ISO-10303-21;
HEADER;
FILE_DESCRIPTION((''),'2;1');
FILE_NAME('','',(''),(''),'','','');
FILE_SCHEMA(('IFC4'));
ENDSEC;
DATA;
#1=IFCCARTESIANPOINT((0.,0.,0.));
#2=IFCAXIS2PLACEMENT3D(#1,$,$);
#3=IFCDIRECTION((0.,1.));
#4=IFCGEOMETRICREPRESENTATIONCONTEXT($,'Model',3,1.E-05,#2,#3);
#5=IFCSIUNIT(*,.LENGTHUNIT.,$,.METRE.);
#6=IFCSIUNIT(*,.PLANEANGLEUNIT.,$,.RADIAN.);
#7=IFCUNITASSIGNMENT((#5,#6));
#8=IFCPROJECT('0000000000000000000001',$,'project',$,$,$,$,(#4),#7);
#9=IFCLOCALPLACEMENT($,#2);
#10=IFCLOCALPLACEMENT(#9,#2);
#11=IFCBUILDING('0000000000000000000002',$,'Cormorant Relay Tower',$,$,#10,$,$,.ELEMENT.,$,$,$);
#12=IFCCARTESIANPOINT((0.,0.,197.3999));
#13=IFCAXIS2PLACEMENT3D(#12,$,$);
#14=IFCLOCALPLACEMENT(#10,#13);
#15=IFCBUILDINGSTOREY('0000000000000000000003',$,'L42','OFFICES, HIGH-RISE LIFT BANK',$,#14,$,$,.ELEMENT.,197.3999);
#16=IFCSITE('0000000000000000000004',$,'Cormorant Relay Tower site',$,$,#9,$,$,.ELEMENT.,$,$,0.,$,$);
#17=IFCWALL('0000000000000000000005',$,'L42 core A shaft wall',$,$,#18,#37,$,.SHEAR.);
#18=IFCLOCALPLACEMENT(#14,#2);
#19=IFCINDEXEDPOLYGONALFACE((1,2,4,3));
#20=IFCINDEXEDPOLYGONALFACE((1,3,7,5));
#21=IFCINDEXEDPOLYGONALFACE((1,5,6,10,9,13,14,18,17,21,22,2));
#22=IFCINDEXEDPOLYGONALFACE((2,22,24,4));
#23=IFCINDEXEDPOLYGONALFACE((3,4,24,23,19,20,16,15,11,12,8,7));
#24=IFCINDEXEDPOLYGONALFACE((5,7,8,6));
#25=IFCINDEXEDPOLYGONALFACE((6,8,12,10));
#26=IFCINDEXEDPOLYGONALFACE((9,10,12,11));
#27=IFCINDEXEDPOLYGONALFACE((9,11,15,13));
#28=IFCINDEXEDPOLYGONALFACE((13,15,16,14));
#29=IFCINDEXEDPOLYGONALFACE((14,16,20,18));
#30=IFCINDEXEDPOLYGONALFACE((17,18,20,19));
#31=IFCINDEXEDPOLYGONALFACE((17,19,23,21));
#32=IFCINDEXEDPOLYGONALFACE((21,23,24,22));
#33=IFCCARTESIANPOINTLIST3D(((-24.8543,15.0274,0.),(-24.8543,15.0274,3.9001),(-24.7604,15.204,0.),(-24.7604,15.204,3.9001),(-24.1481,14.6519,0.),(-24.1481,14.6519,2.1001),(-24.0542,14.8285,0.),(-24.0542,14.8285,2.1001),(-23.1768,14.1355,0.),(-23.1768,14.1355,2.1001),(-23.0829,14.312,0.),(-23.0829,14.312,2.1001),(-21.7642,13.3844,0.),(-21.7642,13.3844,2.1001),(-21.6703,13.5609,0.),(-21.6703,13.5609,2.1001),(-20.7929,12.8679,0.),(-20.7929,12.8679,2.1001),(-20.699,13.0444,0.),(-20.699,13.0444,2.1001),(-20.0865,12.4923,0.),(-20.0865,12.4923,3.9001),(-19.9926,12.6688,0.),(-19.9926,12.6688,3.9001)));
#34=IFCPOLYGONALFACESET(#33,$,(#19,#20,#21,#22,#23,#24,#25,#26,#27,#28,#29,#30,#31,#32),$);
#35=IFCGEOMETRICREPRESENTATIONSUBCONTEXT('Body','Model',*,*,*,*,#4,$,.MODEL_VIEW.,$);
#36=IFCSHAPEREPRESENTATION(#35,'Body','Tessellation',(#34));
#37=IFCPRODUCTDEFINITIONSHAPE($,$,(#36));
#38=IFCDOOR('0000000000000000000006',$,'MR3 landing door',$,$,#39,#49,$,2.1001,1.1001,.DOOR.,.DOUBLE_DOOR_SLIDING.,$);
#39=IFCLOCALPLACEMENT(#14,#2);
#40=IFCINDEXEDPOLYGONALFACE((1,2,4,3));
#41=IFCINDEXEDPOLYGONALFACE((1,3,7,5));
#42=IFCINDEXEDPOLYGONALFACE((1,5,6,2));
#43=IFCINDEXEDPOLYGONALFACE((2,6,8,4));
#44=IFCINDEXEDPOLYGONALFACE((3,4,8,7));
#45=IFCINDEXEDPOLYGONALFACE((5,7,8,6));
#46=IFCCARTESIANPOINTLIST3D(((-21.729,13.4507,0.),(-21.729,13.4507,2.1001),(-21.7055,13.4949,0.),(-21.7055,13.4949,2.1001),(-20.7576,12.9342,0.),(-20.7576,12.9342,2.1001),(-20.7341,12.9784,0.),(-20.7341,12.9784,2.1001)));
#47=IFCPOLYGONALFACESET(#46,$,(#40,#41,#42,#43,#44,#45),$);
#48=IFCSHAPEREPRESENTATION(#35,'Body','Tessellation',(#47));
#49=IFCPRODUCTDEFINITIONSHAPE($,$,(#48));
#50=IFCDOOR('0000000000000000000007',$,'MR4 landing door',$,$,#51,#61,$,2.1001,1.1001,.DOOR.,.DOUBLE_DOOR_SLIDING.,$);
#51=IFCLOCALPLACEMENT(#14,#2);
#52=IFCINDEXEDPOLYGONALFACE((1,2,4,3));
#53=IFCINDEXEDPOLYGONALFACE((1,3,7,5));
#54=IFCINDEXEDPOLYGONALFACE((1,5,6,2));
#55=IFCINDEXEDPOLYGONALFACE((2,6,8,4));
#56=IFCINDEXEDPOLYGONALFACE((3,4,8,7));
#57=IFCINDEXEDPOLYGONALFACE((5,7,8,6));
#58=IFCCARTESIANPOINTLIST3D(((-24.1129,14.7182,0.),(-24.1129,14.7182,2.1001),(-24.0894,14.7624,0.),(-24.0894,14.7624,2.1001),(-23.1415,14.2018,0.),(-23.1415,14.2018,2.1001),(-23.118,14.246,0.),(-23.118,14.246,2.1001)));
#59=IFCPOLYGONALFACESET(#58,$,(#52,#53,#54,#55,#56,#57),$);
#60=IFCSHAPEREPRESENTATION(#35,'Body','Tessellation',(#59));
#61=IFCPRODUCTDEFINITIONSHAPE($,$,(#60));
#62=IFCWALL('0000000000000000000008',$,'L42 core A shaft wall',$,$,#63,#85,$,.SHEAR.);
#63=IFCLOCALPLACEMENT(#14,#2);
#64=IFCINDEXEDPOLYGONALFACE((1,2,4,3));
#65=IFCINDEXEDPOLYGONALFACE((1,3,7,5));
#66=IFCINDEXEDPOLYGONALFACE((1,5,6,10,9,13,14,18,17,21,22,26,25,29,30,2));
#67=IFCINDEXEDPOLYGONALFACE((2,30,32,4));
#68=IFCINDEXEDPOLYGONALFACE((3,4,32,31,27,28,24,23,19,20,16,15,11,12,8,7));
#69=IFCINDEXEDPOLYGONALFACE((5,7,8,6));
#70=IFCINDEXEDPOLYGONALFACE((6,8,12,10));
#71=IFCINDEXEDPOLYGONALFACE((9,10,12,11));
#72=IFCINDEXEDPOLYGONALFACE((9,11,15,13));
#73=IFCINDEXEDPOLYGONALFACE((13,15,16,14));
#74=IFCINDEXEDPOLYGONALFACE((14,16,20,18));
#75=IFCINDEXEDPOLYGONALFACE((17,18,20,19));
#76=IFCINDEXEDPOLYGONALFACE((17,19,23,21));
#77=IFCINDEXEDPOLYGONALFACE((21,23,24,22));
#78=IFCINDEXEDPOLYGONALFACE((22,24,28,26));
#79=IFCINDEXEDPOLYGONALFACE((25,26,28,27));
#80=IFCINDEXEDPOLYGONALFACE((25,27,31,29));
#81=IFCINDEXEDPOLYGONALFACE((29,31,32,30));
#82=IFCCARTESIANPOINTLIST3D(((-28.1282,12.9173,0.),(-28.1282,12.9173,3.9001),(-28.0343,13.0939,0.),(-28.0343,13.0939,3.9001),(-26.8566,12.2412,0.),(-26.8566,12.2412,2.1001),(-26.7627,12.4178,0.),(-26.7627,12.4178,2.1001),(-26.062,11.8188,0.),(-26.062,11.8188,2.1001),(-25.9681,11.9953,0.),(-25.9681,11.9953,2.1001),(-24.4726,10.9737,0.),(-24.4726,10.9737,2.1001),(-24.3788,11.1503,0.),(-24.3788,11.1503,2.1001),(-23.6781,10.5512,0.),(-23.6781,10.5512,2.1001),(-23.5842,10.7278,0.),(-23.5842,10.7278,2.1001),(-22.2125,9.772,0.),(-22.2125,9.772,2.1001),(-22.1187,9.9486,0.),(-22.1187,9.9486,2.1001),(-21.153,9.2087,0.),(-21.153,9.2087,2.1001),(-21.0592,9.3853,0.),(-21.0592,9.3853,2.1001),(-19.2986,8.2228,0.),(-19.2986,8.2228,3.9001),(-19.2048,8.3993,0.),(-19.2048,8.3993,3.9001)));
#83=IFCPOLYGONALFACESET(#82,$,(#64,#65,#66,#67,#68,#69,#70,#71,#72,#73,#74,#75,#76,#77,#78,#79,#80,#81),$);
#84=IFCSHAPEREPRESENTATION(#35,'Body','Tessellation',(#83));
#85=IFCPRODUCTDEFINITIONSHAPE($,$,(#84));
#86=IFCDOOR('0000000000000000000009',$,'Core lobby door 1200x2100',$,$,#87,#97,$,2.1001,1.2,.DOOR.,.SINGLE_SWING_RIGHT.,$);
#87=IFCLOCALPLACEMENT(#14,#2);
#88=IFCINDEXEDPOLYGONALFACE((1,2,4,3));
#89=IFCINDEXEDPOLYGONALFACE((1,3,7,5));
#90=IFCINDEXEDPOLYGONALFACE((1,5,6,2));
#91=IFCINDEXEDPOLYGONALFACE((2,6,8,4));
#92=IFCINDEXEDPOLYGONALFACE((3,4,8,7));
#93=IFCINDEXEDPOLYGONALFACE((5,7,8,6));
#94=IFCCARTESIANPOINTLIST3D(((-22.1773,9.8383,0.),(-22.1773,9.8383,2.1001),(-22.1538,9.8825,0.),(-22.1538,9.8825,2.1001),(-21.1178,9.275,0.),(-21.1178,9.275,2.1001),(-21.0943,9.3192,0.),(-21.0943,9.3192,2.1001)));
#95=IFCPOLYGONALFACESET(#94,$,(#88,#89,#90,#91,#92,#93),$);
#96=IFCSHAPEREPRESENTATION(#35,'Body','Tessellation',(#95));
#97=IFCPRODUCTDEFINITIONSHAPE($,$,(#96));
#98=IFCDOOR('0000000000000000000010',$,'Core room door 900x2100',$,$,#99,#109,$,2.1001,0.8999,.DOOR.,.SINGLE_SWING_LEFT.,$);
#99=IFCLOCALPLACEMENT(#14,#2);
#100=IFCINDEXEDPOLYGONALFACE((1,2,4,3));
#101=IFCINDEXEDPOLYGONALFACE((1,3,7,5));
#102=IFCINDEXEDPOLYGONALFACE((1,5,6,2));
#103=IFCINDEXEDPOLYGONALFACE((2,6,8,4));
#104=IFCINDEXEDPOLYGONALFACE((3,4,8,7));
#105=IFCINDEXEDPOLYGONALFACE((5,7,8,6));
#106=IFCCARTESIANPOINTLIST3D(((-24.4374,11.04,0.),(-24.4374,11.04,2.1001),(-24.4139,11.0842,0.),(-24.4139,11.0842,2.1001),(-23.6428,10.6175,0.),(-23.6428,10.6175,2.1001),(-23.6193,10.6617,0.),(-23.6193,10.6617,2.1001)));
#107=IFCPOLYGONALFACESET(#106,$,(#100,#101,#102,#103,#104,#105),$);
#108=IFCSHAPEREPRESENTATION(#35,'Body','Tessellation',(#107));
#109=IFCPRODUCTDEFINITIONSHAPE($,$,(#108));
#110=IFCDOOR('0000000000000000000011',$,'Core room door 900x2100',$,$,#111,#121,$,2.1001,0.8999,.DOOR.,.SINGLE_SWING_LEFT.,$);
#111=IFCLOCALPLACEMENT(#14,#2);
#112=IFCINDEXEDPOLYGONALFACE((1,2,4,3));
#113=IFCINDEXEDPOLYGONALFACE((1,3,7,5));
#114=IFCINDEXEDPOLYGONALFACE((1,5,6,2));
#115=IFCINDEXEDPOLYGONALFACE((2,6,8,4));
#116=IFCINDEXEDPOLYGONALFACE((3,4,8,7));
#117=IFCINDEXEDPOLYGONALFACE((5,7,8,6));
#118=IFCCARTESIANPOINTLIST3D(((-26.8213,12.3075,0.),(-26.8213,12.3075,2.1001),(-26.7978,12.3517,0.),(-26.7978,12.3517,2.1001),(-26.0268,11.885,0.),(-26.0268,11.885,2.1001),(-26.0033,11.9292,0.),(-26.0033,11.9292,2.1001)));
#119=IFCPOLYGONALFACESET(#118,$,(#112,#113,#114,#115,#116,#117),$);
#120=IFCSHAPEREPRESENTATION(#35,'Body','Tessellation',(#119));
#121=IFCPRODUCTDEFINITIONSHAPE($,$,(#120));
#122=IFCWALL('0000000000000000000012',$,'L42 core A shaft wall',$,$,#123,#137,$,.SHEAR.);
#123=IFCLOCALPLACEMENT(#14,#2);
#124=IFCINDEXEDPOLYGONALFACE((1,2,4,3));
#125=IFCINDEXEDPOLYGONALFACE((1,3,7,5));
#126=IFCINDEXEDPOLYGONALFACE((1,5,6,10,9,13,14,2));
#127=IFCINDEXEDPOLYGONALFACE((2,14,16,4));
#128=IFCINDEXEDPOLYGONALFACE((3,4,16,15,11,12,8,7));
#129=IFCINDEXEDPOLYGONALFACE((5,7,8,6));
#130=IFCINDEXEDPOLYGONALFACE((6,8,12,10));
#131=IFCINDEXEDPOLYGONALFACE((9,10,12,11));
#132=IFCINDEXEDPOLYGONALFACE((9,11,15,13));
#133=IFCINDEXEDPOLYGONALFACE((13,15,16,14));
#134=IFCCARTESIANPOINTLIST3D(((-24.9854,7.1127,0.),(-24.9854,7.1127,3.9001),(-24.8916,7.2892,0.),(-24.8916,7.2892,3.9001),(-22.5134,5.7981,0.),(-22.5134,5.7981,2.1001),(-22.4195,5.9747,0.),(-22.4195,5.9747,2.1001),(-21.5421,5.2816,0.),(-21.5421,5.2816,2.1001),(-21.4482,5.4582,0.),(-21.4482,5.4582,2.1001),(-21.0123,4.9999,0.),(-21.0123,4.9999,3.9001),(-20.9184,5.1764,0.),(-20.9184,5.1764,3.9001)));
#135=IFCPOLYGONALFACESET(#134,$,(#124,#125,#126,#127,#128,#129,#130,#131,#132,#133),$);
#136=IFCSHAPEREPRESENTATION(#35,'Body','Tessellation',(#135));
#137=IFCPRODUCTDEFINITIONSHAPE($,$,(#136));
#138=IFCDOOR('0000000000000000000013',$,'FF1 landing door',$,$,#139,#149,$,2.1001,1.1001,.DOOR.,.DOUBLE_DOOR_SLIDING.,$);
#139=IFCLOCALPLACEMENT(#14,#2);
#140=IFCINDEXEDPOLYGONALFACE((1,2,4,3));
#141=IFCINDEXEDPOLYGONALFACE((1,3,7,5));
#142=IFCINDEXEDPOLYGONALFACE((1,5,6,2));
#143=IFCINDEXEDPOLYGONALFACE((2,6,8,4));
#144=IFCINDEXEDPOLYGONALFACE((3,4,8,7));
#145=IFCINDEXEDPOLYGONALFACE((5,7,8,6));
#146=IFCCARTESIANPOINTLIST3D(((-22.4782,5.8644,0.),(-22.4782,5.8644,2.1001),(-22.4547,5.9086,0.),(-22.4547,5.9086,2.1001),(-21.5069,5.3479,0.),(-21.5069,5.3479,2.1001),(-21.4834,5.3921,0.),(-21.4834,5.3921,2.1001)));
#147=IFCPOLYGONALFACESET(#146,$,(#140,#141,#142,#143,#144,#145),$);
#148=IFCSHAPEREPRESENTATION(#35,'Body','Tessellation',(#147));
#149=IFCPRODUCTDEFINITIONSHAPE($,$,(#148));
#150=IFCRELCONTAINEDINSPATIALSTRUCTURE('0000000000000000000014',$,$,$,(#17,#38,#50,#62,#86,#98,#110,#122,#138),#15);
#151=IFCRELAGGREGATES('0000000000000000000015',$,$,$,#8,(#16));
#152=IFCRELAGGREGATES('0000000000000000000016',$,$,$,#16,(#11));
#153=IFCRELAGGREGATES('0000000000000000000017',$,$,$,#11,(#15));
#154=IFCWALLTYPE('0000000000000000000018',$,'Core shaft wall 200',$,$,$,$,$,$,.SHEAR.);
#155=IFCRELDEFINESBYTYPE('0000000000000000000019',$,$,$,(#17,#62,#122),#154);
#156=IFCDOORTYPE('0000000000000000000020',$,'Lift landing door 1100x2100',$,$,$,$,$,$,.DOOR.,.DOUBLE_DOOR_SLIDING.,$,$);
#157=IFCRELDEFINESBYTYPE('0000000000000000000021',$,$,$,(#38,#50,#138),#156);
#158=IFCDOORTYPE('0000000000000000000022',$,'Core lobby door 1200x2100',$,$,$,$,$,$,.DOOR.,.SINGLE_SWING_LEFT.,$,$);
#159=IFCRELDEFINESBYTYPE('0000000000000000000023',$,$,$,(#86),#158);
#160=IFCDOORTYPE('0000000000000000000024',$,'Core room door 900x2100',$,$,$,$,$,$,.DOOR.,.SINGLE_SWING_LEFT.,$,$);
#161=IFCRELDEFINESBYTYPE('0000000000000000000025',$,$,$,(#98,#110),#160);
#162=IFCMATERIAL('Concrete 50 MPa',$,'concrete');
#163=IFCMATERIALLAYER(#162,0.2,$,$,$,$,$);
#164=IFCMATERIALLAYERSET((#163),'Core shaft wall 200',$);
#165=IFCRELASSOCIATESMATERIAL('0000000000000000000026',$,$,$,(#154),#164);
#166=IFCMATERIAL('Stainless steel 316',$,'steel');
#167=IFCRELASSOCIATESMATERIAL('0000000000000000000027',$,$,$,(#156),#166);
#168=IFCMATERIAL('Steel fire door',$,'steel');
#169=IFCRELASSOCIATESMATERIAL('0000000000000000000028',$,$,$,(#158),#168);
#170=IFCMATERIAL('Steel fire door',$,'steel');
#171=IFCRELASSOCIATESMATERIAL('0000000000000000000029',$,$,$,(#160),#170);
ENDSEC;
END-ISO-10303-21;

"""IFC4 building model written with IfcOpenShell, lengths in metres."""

from ifc_helpers import new_model, si_unit, direction, frame, frame_2d, origin, place, context, subcontext, project, spatial, rectangle, extrude, material, layer, layer_set, type_object, element, fill, save


model = new_model("IFC4")

# Units and contexts
model_context = context("Model", 3, precision=1e-05, world=origin(), true_north=direction((0.0, 1.0)))
body_context = subcontext(model_context, "Body", "Model", "MODEL_VIEW")
ifc_project = project(units=[si_unit("LENGTHUNIT", "METRE"), si_unit("PLANEANGLEUNIT", "RADIAN")], contexts=[model_context])

# Site, building, storey
site_placement = place(None, origin())
site = spatial("IfcSite", under=ifc_project, at=site_placement, Name="Cormorant Relay Tower site", CompositionType="ELEMENT", RefElevation=0.0)
building_placement = place(site_placement, origin())
building = spatial("IfcBuilding", under=site, at=building_placement, Name="Cormorant Relay Tower", CompositionType="ELEMENT")
storey_placement = place(building_placement, frame((0.0, 0.0, 197.3999)))
storey = spatial("IfcBuildingStorey", under=building, at=storey_placement, Name="L42", Description="OFFICES, HIGH-RISE LIFT BANK", CompositionType="ELEMENT", Elevation=197.3999)

# Shared definitions
ifc_material_1 = material(Name="Concrete 50 MPa", Category="concrete")
ifc_layer_1 = layer(ifc_material_1, 0.2)
ifc_layer_set_1 = layer_set([ifc_layer_1], Name="Core shaft wall 200")
wall_type_1 = type_object("IfcWallType", Name="Core shaft wall 200", PredefinedType="SHEAR", material=ifc_layer_set_1)

# Walls, openings, doors
wall_1_placement = place(storey_placement, frame((-20.0396, 12.5806, 0.0), z_axis=(0.0, 0.0, 1.0), x_axis=(-0.882943, 0.46948, 0.0)))
wall_1 = element("IfcWall", 1, at=wall_1_placement, inside=storey, type_object=wall_type_1, Name="L42 core A shaft wall", PredefinedType="SHEAR", context=body_context, shape_type="SweptSolid", body=[
    extrude(rectangle(XDim=5.3999, YDim=0.2, at=frame_2d((2.7, 0.0))), origin(), (0.0, 0.0, 1.0), 3.9001),
])
opening_1_placement = place(wall_1_placement, frame((0.8, 0.0, 0.0)))
opening_1 = element("IfcOpeningElement", 2, at=opening_1_placement, cuts=wall_1, PredefinedType="OPENING", context=body_context, shape_type="SweptSolid", body=[
    extrude(rectangle(XDim=1.1001, YDim=2.1001, at=frame_2d((0.55, 1.05))), frame((0.0, 0.1099, 0.0), z_axis=(0.0, -1.0, 0.0), x_axis=(1.0, 0.0, 0.0)), (0.0, 0.0, 1.0), 0.22),
])
opening_2_placement = place(wall_1_placement, frame((3.5, 0.0, 0.0)))
opening_2 = element("IfcOpeningElement", 3, at=opening_2_placement, cuts=wall_1, PredefinedType="OPENING", context=body_context, shape_type="SweptSolid", body=[
    extrude(rectangle(XDim=1.1001, YDim=2.1001, at=frame_2d((0.55, 1.05))), frame((0.0, 0.1099, 0.0), z_axis=(0.0, -1.0, 0.0), x_axis=(1.0, 0.0, 0.0)), (0.0, 0.0, 1.0), 0.22),
])
ifc_material_2 = material(Name="Stainless steel 316", Category="steel")
door_type_1 = type_object("IfcDoorType", Name="Lift landing door 1100x2100", OperationType="DOUBLE_DOOR_SLIDING", PredefinedType="DOOR", material=ifc_material_2)
door_1_placement = place(opening_1_placement, origin())
door_1 = element("IfcDoor", 4, at=door_1_placement, inside=storey, type_object=door_type_1, Name="MR3 landing door", OperationType="DOUBLE_DOOR_SLIDING", OverallHeight=2.1001, OverallWidth=1.1001, PredefinedType="DOOR", context=body_context, shape_type="SweptSolid", body=[
    extrude(rectangle(XDim=1.1001, YDim=2.1001, at=frame_2d((0.55, 1.05))), frame((0.0, 0.0249, 0.0), z_axis=(0.0, -1.0, 0.0), x_axis=(1.0, 0.0, 0.0)), (0.0, 0.0, 1.0), 0.05),
])
fill(opening_1, door_1)
door_2_placement = place(opening_2_placement, origin())
door_2 = element("IfcDoor", 5, at=door_2_placement, inside=storey, type_object=door_type_1, Name="MR4 landing door", OperationType="DOUBLE_DOOR_SLIDING", OverallHeight=2.1001, OverallWidth=1.1001, PredefinedType="DOOR", context=body_context, shape_type="SweptSolid", body=[
    extrude(rectangle(XDim=1.1001, YDim=2.1001, at=frame_2d((0.55, 1.05))), frame((0.0, 0.0249, 0.0), z_axis=(0.0, -1.0, 0.0), x_axis=(1.0, 0.0, 0.0)), (0.0, 0.0, 1.0), 0.05),
])
fill(opening_2, door_2)
wall_2_placement = place(storey_placement, frame((-19.2517, 8.311, 0.0), z_axis=(0.0, 0.0, 1.0), x_axis=(-0.882956, 0.469456, 0.0)))
wall_2 = element("IfcWall", 6, at=wall_2_placement, inside=storey, type_object=wall_type_1, Name="L42 core A shaft wall", PredefinedType="SHEAR", context=body_context, shape_type="SweptSolid", body=[
    extrude(rectangle(XDim=10.0, YDim=0.2, at=frame_2d((5.0, 0.0))), origin(), (0.0, 0.0, 1.0), 3.9001),
])
opening_3_placement = place(wall_2_placement, frame((2.1001, 0.0, 0.0)))
opening_3 = element("IfcOpeningElement", 7, at=opening_3_placement, cuts=wall_2, PredefinedType="OPENING", context=body_context, shape_type="SweptSolid", body=[
    extrude(rectangle(XDim=1.2, YDim=2.1001, at=frame_2d((0.6001, 1.05))), frame((0.0, 0.1099, 0.0), z_axis=(0.0, -1.0, 0.0), x_axis=(1.0, 0.0, 0.0)), (0.0, 0.0, 1.0), 0.22),
])
opening_4_placement = place(wall_2_placement, frame((4.96, 0.0, 0.0)))
opening_4 = element("IfcOpeningElement", 8, at=opening_4_placement, cuts=wall_2, PredefinedType="OPENING", context=body_context, shape_type="SweptSolid", body=[
    extrude(rectangle(XDim=0.8999, YDim=2.1001, at=frame_2d((0.45, 1.05))), frame((0.0, 0.1099, 0.0), z_axis=(0.0, -1.0, 0.0), x_axis=(1.0, 0.0, 0.0)), (0.0, 0.0, 1.0), 0.22),
])
opening_5_placement = place(wall_2_placement, frame((7.6599, 0.0, 0.0)))
opening_5 = element("IfcOpeningElement", 9, at=opening_5_placement, cuts=wall_2, PredefinedType="OPENING", context=body_context, shape_type="SweptSolid", body=[
    extrude(rectangle(XDim=0.8999, YDim=2.1001, at=frame_2d((0.45, 1.05))), frame((0.0, 0.1099, 0.0), z_axis=(0.0, -1.0, 0.0), x_axis=(1.0, 0.0, 0.0)), (0.0, 0.0, 1.0), 0.22),
])
ifc_material_3 = material(Name="Steel fire door", Category="steel")
door_type_2 = type_object("IfcDoorType", Name="Core lobby door 1200x2100", OperationType="SINGLE_SWING_LEFT", PredefinedType="DOOR", material=ifc_material_3)
door_3_placement = place(opening_3_placement, origin())
door_3 = element("IfcDoor", 10, at=door_3_placement, inside=storey, type_object=door_type_2, Name="Core lobby door 1200x2100", OperationType="SINGLE_SWING_RIGHT", OverallHeight=2.1001, OverallWidth=1.2, PredefinedType="DOOR", context=body_context, shape_type="SweptSolid", body=[
    extrude(rectangle(XDim=1.2, YDim=2.1001, at=frame_2d((0.6001, 1.05))), frame((0.0, 0.0249, 0.0), z_axis=(0.0, -1.0, 0.0), x_axis=(1.0, 0.0, 0.0)), (0.0, 0.0, 1.0), 0.05),
])
fill(opening_3, door_3)
ifc_material_4 = material(Name="Steel fire door", Category="steel")
door_type_3 = type_object("IfcDoorType", Name="Core room door 900x2100", OperationType="SINGLE_SWING_LEFT", PredefinedType="DOOR", material=ifc_material_4)
door_4_placement = place(opening_4_placement, origin())
door_4 = element("IfcDoor", 11, at=door_4_placement, inside=storey, type_object=door_type_3, Name="Core room door 900x2100", OperationType="SINGLE_SWING_LEFT", OverallHeight=2.1001, OverallWidth=0.8999, PredefinedType="DOOR", context=body_context, shape_type="SweptSolid", body=[
    extrude(rectangle(XDim=0.8999, YDim=2.1001, at=frame_2d((0.45, 1.05))), frame((0.0, 0.0249, 0.0), z_axis=(0.0, -1.0, 0.0), x_axis=(1.0, 0.0, 0.0)), (0.0, 0.0, 1.0), 0.05),
])
fill(opening_4, door_4)
door_5_placement = place(opening_5_placement, origin())
door_5 = element("IfcDoor", 12, at=door_5_placement, inside=storey, type_object=door_type_3, Name="Core room door 900x2100", OperationType="SINGLE_SWING_LEFT", OverallHeight=2.1001, OverallWidth=0.8999, PredefinedType="DOOR", context=body_context, shape_type="SweptSolid", body=[
    extrude(rectangle(XDim=0.8999, YDim=2.1001, at=frame_2d((0.45, 1.05))), frame((0.0, 0.0249, 0.0), z_axis=(0.0, -1.0, 0.0), x_axis=(1.0, 0.0, 0.0)), (0.0, 0.0, 1.0), 0.05),
])
fill(opening_5, door_5)

# Wall, opening, door
wall_3_placement = place(storey_placement, frame((-20.9653, 5.0881, 0.0), z_axis=(0.0, 0.0, 1.0), x_axis=(-0.882926, 0.469512, 0.0)))
wall_3 = element("IfcWall", 13, at=wall_3_placement, inside=storey, type_object=wall_type_1, Name="L42 core A shaft wall", PredefinedType="SHEAR", context=body_context, shape_type="SweptSolid", body=[
    extrude(rectangle(XDim=4.5, YDim=0.2, at=frame_2d((2.25, 0.0))), origin(), (0.0, 0.0, 1.0), 3.9001),
])
opening_6_placement = place(wall_3_placement, frame((0.6001, 0.0, 0.0)))
opening_6 = element("IfcOpeningElement", 14, at=opening_6_placement, cuts=wall_3, PredefinedType="OPENING", context=body_context, shape_type="SweptSolid", body=[
    extrude(rectangle(XDim=1.1001, YDim=2.1001, at=frame_2d((0.55, 1.05))), frame((0.0, 0.1099, 0.0), z_axis=(0.0, -1.0, 0.0), x_axis=(1.0, 0.0, 0.0)), (0.0, 0.0, 1.0), 0.22),
])
door_6_placement = place(opening_6_placement, origin())
door_6 = element("IfcDoor", 15, at=door_6_placement, inside=storey, type_object=door_type_1, Name="FF1 landing door", OperationType="DOUBLE_DOOR_SLIDING", OverallHeight=2.1001, OverallWidth=1.1001, PredefinedType="DOOR", context=body_context, shape_type="SweptSolid", body=[
    extrude(rectangle(XDim=1.1001, YDim=2.1001, at=frame_2d((0.55, 1.05))), frame((0.0, 0.0249, 0.0), z_axis=(0.0, -1.0, 0.0), x_axis=(1.0, 0.0, 0.0)), (0.0, 0.0, 1.0), 0.05),
])
fill(opening_6, door_6)

save(model, "model.ifc")
